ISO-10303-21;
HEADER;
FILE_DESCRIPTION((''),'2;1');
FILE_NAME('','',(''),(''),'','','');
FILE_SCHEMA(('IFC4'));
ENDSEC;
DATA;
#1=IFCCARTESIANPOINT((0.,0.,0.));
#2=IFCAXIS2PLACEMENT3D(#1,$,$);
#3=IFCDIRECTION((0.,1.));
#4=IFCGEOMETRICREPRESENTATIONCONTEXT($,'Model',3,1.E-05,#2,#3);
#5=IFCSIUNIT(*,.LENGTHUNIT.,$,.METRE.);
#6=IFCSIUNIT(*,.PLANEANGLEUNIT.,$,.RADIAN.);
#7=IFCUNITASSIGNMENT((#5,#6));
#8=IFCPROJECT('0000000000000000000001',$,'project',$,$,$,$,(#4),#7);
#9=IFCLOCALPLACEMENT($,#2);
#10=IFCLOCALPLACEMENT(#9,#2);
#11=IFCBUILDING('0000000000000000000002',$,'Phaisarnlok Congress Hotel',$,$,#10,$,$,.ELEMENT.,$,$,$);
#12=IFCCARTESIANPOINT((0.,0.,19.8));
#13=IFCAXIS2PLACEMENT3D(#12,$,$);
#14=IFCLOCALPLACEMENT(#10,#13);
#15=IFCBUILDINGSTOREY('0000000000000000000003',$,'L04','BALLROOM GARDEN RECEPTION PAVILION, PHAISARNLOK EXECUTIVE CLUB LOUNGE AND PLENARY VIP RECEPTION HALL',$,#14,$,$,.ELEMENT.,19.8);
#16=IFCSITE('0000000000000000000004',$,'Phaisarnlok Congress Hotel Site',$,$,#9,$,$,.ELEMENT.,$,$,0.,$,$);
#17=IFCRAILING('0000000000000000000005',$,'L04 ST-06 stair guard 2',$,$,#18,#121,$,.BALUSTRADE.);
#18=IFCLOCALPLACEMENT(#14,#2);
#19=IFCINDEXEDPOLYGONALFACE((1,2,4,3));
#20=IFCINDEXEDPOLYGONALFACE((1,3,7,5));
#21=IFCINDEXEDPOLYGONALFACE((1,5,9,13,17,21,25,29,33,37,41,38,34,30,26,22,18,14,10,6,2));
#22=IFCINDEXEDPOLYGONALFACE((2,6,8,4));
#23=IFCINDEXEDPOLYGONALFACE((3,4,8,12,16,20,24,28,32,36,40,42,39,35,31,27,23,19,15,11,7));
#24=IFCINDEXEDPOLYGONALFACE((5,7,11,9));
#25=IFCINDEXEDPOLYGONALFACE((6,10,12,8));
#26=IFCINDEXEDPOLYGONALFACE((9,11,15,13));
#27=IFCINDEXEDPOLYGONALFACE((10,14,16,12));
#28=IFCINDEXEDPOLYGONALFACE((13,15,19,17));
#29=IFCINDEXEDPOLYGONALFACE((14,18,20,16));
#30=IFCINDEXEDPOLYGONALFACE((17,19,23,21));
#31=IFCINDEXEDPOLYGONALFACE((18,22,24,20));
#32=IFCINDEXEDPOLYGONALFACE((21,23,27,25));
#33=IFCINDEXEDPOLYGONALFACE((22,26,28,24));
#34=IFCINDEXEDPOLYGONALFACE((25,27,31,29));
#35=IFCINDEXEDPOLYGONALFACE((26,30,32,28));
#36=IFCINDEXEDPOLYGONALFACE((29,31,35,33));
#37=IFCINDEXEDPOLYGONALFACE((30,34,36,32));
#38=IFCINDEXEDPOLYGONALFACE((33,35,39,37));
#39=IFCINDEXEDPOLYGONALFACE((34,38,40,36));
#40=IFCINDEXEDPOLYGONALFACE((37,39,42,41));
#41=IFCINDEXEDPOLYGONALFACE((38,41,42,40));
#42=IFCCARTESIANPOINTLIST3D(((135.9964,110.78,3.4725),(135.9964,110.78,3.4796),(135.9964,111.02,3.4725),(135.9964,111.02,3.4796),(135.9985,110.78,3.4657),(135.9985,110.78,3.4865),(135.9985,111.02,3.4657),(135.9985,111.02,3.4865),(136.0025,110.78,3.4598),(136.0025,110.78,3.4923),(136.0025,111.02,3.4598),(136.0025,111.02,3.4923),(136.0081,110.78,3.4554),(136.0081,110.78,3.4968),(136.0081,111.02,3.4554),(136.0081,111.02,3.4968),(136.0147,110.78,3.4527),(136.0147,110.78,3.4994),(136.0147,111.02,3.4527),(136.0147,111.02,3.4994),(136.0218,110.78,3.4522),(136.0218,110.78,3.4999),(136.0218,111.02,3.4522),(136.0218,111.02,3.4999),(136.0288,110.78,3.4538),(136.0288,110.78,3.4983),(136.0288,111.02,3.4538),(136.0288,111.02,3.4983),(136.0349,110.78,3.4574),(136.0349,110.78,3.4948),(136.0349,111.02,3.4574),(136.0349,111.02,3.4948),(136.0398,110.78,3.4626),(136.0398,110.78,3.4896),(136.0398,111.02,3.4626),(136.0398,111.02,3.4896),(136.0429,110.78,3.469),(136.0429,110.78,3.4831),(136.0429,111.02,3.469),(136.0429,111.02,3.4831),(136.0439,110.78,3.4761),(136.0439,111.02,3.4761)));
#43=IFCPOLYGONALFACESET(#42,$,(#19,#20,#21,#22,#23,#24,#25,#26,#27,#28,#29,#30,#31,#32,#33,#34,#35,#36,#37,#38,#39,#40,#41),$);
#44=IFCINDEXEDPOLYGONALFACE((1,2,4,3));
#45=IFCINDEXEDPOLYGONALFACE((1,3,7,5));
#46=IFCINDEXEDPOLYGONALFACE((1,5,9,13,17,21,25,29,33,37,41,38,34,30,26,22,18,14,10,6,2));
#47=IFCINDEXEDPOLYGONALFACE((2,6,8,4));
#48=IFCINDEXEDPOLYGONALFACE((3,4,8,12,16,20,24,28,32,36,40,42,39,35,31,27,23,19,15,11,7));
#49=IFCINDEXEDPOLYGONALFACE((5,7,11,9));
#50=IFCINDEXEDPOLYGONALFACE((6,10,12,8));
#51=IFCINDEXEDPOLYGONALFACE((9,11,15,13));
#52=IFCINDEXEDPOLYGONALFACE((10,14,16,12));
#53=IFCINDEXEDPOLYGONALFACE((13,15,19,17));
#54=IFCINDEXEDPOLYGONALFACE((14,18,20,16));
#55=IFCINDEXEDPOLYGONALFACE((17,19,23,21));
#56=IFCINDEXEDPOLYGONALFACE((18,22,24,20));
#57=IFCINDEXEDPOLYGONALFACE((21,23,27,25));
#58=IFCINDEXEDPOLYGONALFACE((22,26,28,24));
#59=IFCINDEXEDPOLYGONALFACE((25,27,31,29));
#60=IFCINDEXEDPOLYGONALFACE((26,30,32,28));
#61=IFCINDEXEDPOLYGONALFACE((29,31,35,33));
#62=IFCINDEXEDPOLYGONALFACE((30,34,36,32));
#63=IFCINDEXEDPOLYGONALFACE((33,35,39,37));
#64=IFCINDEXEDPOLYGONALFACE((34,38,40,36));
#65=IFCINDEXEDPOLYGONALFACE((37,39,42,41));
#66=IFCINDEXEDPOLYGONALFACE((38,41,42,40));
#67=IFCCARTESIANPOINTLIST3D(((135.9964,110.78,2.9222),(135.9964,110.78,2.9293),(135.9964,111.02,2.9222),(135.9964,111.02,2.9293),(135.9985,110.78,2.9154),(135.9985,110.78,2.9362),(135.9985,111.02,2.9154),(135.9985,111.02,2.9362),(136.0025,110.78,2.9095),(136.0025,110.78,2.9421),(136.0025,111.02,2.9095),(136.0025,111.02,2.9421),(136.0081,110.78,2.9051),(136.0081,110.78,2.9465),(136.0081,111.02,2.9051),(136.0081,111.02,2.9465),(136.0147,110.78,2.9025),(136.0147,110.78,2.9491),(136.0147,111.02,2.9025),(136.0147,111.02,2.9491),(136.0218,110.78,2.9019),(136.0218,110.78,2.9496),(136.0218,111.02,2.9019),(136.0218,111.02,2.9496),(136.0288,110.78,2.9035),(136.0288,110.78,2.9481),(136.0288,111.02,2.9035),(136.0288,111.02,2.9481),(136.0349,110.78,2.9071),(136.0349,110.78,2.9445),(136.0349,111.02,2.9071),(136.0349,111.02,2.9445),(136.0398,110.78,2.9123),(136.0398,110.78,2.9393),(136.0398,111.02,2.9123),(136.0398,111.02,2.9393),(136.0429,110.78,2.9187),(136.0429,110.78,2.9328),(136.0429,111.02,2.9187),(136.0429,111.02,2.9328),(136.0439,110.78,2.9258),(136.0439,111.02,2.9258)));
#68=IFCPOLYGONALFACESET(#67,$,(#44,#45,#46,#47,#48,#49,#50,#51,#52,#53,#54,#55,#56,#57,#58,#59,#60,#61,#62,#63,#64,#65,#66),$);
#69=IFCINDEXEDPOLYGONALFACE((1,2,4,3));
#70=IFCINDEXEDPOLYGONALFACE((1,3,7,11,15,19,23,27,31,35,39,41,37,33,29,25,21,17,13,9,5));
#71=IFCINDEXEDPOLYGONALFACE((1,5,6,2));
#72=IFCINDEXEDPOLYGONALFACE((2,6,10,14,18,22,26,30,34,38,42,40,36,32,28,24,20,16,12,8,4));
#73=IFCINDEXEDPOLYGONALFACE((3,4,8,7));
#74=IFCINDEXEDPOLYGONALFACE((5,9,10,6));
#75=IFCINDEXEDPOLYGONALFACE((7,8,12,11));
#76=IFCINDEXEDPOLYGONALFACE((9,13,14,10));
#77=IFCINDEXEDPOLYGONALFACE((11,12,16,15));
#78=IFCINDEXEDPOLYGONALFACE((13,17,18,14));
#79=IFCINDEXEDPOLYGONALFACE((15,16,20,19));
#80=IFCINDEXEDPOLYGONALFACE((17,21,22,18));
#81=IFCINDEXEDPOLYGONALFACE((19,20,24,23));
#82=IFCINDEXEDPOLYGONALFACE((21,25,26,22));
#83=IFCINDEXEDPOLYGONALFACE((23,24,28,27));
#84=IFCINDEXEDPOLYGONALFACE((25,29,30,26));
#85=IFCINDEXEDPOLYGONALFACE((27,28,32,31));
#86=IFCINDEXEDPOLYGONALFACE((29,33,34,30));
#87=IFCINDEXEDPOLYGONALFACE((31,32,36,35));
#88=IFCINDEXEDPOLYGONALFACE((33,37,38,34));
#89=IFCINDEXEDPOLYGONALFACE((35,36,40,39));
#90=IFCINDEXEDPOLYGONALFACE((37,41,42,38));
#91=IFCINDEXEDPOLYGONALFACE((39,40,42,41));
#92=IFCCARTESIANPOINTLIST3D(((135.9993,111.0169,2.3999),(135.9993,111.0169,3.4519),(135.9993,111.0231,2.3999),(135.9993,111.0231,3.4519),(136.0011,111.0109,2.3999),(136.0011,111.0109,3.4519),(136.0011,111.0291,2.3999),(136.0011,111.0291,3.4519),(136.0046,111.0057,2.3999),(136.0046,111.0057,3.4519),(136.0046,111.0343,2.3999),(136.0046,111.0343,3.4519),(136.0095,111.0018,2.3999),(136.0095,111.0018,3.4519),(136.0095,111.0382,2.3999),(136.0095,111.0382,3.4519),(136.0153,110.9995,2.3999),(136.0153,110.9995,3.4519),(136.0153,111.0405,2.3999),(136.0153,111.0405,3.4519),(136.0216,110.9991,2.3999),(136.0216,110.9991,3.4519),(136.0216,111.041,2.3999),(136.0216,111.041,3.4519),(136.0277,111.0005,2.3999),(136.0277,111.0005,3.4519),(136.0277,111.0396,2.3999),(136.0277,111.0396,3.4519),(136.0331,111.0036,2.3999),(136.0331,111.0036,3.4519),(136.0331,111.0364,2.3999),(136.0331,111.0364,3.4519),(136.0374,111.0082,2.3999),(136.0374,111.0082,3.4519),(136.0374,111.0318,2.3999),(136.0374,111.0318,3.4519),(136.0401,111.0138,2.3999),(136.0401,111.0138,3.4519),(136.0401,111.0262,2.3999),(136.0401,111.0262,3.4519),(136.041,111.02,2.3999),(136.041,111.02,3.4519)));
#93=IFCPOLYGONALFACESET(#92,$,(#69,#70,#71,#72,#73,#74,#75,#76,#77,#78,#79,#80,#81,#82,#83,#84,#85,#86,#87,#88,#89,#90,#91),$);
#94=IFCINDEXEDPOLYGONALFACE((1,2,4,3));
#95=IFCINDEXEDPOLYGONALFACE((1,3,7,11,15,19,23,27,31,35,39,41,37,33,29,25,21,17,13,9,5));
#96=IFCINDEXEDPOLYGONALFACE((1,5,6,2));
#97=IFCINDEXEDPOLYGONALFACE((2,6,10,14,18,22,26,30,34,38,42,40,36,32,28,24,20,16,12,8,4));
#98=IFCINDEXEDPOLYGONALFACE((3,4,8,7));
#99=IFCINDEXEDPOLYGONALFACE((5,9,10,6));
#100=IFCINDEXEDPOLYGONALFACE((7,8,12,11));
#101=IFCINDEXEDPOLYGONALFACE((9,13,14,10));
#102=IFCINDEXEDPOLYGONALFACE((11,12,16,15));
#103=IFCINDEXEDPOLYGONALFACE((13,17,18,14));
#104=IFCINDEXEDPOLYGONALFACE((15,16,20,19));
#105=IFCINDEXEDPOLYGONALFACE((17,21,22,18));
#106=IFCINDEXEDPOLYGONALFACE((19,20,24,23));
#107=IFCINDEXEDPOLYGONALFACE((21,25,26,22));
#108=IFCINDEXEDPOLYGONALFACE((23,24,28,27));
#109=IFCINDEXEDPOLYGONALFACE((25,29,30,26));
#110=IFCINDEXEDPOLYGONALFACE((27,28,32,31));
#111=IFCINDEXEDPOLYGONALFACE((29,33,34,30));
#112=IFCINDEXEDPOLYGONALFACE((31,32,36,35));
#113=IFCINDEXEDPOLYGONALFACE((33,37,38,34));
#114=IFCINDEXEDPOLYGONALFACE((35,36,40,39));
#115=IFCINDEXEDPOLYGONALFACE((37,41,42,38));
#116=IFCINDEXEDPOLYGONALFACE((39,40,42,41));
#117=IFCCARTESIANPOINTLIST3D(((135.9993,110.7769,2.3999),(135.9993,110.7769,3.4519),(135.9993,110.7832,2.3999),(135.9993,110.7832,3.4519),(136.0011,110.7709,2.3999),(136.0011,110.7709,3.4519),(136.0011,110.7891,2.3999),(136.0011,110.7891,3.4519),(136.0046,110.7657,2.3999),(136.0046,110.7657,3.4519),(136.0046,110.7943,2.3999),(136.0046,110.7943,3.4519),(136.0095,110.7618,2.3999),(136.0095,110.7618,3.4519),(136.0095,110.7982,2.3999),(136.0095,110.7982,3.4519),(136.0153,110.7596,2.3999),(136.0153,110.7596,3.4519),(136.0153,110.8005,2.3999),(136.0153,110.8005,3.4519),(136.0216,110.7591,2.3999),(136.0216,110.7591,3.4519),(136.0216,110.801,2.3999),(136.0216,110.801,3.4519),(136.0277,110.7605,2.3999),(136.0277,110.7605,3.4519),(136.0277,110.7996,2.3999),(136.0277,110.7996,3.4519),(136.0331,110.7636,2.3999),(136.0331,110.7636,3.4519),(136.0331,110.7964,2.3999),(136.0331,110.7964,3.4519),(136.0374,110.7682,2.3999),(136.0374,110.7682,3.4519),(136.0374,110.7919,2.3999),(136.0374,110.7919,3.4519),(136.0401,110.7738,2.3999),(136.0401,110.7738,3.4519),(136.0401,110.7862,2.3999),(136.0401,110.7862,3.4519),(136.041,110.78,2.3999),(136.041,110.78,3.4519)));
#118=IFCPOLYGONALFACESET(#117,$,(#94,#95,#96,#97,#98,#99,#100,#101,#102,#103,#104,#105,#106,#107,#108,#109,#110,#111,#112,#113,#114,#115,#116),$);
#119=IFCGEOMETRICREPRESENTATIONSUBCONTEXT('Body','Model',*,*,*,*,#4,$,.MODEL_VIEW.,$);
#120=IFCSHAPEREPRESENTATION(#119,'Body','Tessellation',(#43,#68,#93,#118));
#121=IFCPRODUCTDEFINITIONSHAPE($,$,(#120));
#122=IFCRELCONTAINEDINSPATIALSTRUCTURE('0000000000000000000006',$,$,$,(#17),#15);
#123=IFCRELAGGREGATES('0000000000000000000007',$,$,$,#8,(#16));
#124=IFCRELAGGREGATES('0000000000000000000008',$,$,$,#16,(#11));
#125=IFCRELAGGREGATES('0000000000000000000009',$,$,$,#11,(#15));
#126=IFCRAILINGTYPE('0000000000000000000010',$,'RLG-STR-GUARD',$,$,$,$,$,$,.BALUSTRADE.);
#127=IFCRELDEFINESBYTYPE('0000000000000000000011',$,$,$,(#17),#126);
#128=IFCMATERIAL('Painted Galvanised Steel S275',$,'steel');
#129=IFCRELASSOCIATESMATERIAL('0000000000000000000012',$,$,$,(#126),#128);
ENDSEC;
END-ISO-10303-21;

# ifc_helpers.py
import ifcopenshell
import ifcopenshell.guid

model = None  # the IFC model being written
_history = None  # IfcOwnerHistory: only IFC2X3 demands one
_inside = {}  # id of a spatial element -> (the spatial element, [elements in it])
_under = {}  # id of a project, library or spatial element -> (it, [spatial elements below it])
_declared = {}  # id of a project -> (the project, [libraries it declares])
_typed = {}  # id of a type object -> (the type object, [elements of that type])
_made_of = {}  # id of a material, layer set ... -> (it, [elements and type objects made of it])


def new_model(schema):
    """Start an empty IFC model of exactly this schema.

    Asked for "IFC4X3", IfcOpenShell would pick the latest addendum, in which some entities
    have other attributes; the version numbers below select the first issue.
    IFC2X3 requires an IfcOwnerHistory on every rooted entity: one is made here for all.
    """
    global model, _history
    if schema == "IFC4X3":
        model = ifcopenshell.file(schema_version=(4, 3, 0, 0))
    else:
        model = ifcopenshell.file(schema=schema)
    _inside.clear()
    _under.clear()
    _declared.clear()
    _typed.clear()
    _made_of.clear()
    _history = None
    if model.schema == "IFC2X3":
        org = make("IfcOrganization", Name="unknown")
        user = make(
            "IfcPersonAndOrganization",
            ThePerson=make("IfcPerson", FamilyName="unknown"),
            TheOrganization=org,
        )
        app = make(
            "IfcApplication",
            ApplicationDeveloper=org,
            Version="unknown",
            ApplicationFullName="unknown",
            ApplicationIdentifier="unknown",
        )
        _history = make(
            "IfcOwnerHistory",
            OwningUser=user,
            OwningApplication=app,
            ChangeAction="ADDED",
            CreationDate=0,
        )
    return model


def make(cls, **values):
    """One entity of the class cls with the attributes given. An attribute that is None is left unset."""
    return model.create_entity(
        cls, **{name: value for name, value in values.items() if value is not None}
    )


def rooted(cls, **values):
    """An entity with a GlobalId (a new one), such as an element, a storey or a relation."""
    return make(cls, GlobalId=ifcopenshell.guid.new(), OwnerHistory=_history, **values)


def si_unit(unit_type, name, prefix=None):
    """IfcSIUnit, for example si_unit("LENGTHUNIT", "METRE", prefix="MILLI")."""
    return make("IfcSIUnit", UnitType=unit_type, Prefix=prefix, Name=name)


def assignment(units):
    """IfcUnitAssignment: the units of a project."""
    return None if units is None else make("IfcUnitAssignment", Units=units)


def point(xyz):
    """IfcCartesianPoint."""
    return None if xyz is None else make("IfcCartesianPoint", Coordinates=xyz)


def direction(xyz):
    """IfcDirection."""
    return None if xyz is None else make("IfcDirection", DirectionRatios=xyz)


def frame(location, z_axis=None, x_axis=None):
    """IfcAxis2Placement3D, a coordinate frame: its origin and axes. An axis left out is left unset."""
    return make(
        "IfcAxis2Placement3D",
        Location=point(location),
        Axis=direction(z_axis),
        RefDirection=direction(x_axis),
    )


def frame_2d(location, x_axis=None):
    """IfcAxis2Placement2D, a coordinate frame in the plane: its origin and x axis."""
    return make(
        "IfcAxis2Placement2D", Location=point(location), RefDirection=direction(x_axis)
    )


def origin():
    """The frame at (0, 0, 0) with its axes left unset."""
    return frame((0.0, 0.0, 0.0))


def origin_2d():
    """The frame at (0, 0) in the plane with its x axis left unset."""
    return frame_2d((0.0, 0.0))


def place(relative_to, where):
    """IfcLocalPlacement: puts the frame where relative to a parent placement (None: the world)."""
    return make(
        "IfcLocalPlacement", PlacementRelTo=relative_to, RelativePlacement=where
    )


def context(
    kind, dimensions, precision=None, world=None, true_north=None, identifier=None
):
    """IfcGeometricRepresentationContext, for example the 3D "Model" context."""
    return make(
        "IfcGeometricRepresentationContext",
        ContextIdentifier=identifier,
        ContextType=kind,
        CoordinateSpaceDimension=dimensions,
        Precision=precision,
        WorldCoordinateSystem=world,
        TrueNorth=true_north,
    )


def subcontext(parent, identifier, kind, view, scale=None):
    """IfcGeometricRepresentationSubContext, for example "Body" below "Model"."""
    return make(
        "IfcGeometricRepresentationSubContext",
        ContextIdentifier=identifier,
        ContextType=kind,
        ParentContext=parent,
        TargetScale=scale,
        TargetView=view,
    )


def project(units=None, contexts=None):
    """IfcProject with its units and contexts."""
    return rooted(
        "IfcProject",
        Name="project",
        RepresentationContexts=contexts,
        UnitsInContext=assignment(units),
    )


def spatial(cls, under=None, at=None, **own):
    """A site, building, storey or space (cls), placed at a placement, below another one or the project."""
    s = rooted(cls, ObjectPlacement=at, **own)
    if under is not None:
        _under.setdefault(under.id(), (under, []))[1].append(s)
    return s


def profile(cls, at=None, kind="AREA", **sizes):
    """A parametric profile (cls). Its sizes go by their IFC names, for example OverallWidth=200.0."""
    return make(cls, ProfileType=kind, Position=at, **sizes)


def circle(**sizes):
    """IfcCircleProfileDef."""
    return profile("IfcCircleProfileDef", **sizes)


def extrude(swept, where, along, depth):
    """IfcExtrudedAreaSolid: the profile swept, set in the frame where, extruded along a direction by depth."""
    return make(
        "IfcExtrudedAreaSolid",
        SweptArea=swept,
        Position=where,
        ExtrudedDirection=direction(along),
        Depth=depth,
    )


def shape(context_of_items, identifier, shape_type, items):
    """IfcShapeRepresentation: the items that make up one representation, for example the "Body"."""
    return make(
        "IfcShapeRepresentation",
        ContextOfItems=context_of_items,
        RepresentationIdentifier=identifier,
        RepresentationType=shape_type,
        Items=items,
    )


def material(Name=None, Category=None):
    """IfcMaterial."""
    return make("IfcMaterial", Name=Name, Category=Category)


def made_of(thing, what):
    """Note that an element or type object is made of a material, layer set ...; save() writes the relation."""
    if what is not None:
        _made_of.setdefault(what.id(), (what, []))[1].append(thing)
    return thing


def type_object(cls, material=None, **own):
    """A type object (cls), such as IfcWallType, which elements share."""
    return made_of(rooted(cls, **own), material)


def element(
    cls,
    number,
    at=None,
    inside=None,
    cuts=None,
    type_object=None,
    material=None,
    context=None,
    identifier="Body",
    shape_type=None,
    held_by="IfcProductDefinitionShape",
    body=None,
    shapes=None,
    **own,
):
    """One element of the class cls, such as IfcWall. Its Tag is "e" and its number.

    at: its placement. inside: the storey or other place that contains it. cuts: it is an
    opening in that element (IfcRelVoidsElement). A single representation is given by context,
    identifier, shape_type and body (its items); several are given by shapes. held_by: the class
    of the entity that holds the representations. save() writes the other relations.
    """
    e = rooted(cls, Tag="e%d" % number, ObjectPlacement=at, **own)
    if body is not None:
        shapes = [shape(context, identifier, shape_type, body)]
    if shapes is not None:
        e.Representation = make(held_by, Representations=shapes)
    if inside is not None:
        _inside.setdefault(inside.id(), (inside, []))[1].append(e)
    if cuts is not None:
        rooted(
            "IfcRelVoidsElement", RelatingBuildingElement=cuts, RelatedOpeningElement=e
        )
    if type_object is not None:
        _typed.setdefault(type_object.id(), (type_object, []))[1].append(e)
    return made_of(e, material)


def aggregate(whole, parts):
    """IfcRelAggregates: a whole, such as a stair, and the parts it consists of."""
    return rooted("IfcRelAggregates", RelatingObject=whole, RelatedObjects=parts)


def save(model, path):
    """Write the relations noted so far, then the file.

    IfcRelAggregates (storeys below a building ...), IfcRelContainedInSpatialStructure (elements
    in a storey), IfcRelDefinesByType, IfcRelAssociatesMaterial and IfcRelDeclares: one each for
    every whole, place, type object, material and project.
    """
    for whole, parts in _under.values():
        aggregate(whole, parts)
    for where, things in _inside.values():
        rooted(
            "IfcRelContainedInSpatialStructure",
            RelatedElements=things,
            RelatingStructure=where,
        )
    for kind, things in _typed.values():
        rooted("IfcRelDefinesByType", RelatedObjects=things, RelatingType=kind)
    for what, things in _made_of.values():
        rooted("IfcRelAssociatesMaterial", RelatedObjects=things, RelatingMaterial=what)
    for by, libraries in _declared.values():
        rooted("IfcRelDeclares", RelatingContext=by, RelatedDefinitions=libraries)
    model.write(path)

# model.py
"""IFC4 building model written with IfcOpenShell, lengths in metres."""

from ifc_helpers import new_model, si_unit, direction, frame, origin, origin_2d, place, context, subcontext, project, spatial, circle, extrude, material, type_object, element, save


model = new_model("IFC4")

# Units and contexts
model_context = context("Model", 3, precision=1e-05, world=origin(), true_north=direction((0.0, 1.0)))
body_context = subcontext(model_context, "Body", "Model", "MODEL_VIEW")
ifc_project = project(units=[si_unit("LENGTHUNIT", "METRE"), si_unit("PLANEANGLEUNIT", "RADIAN")], contexts=[model_context])

# Site, building, storey
site_placement = place(None, origin())
site = spatial("IfcSite", under=ifc_project, at=site_placement, Name="Phaisarnlok Congress Hotel Site", CompositionType="ELEMENT", RefElevation=0.0)
building_placement = place(site_placement, origin())
building = spatial("IfcBuilding", under=site, at=building_placement, Name="Phaisarnlok Congress Hotel", CompositionType="ELEMENT")
storey_placement = place(building_placement, frame((0.0, 0.0, 19.8)))
storey = spatial("IfcBuildingStorey", under=building, at=storey_placement, Name="L04", Description="BALLROOM GARDEN RECEPTION PAVILION, PHAISARNLOK EXECUTIVE CLUB LOUNGE AND PLENARY VIP RECEPTION HALL", CompositionType="ELEMENT", Elevation=19.8)

# Railing
ifc_material_1 = material(Name="Painted Galvanised Steel S275", Category="steel")
railing_type_1 = type_object("IfcRailingType", Name="RLG-STR-GUARD", PredefinedType="BALUSTRADE", material=ifc_material_1)
railing_1_placement = place(storey_placement, frame((136.02, 111.02, 2.3999)))
element("IfcRailing", 1, at=railing_1_placement, inside=storey, type_object=railing_type_1, Name="L04 ST-06 stair guard 2", PredefinedType="BALUSTRADE", context=body_context, shape_type="SweptSolid", body=[
    extrude(circle(Radius=0.0239, at=origin_2d()), frame((0.0, 0.0, 1.0762), z_axis=(0.0, -1.0, 0.0), x_axis=(1.0, 0.0, 0.0)), (0.0, 0.0, 1.0), 0.24),
    extrude(circle(Radius=0.0239, at=origin_2d()), frame((0.0, 0.0, 0.5259), z_axis=(0.0, -1.0, 0.0), x_axis=(1.0, 0.0, 0.0)), (0.0, 0.0, 1.0), 0.24),
    extrude(circle(Radius=0.021, at=origin_2d()), origin(), (0.0, 0.0, 1.0), 1.052),
    extrude(circle(Radius=0.021, at=origin_2d()), frame((0.0, -0.24, 0.0)), (0.0, 0.0, 1.0), 1.052),
])

save(model, "model.ifc")
